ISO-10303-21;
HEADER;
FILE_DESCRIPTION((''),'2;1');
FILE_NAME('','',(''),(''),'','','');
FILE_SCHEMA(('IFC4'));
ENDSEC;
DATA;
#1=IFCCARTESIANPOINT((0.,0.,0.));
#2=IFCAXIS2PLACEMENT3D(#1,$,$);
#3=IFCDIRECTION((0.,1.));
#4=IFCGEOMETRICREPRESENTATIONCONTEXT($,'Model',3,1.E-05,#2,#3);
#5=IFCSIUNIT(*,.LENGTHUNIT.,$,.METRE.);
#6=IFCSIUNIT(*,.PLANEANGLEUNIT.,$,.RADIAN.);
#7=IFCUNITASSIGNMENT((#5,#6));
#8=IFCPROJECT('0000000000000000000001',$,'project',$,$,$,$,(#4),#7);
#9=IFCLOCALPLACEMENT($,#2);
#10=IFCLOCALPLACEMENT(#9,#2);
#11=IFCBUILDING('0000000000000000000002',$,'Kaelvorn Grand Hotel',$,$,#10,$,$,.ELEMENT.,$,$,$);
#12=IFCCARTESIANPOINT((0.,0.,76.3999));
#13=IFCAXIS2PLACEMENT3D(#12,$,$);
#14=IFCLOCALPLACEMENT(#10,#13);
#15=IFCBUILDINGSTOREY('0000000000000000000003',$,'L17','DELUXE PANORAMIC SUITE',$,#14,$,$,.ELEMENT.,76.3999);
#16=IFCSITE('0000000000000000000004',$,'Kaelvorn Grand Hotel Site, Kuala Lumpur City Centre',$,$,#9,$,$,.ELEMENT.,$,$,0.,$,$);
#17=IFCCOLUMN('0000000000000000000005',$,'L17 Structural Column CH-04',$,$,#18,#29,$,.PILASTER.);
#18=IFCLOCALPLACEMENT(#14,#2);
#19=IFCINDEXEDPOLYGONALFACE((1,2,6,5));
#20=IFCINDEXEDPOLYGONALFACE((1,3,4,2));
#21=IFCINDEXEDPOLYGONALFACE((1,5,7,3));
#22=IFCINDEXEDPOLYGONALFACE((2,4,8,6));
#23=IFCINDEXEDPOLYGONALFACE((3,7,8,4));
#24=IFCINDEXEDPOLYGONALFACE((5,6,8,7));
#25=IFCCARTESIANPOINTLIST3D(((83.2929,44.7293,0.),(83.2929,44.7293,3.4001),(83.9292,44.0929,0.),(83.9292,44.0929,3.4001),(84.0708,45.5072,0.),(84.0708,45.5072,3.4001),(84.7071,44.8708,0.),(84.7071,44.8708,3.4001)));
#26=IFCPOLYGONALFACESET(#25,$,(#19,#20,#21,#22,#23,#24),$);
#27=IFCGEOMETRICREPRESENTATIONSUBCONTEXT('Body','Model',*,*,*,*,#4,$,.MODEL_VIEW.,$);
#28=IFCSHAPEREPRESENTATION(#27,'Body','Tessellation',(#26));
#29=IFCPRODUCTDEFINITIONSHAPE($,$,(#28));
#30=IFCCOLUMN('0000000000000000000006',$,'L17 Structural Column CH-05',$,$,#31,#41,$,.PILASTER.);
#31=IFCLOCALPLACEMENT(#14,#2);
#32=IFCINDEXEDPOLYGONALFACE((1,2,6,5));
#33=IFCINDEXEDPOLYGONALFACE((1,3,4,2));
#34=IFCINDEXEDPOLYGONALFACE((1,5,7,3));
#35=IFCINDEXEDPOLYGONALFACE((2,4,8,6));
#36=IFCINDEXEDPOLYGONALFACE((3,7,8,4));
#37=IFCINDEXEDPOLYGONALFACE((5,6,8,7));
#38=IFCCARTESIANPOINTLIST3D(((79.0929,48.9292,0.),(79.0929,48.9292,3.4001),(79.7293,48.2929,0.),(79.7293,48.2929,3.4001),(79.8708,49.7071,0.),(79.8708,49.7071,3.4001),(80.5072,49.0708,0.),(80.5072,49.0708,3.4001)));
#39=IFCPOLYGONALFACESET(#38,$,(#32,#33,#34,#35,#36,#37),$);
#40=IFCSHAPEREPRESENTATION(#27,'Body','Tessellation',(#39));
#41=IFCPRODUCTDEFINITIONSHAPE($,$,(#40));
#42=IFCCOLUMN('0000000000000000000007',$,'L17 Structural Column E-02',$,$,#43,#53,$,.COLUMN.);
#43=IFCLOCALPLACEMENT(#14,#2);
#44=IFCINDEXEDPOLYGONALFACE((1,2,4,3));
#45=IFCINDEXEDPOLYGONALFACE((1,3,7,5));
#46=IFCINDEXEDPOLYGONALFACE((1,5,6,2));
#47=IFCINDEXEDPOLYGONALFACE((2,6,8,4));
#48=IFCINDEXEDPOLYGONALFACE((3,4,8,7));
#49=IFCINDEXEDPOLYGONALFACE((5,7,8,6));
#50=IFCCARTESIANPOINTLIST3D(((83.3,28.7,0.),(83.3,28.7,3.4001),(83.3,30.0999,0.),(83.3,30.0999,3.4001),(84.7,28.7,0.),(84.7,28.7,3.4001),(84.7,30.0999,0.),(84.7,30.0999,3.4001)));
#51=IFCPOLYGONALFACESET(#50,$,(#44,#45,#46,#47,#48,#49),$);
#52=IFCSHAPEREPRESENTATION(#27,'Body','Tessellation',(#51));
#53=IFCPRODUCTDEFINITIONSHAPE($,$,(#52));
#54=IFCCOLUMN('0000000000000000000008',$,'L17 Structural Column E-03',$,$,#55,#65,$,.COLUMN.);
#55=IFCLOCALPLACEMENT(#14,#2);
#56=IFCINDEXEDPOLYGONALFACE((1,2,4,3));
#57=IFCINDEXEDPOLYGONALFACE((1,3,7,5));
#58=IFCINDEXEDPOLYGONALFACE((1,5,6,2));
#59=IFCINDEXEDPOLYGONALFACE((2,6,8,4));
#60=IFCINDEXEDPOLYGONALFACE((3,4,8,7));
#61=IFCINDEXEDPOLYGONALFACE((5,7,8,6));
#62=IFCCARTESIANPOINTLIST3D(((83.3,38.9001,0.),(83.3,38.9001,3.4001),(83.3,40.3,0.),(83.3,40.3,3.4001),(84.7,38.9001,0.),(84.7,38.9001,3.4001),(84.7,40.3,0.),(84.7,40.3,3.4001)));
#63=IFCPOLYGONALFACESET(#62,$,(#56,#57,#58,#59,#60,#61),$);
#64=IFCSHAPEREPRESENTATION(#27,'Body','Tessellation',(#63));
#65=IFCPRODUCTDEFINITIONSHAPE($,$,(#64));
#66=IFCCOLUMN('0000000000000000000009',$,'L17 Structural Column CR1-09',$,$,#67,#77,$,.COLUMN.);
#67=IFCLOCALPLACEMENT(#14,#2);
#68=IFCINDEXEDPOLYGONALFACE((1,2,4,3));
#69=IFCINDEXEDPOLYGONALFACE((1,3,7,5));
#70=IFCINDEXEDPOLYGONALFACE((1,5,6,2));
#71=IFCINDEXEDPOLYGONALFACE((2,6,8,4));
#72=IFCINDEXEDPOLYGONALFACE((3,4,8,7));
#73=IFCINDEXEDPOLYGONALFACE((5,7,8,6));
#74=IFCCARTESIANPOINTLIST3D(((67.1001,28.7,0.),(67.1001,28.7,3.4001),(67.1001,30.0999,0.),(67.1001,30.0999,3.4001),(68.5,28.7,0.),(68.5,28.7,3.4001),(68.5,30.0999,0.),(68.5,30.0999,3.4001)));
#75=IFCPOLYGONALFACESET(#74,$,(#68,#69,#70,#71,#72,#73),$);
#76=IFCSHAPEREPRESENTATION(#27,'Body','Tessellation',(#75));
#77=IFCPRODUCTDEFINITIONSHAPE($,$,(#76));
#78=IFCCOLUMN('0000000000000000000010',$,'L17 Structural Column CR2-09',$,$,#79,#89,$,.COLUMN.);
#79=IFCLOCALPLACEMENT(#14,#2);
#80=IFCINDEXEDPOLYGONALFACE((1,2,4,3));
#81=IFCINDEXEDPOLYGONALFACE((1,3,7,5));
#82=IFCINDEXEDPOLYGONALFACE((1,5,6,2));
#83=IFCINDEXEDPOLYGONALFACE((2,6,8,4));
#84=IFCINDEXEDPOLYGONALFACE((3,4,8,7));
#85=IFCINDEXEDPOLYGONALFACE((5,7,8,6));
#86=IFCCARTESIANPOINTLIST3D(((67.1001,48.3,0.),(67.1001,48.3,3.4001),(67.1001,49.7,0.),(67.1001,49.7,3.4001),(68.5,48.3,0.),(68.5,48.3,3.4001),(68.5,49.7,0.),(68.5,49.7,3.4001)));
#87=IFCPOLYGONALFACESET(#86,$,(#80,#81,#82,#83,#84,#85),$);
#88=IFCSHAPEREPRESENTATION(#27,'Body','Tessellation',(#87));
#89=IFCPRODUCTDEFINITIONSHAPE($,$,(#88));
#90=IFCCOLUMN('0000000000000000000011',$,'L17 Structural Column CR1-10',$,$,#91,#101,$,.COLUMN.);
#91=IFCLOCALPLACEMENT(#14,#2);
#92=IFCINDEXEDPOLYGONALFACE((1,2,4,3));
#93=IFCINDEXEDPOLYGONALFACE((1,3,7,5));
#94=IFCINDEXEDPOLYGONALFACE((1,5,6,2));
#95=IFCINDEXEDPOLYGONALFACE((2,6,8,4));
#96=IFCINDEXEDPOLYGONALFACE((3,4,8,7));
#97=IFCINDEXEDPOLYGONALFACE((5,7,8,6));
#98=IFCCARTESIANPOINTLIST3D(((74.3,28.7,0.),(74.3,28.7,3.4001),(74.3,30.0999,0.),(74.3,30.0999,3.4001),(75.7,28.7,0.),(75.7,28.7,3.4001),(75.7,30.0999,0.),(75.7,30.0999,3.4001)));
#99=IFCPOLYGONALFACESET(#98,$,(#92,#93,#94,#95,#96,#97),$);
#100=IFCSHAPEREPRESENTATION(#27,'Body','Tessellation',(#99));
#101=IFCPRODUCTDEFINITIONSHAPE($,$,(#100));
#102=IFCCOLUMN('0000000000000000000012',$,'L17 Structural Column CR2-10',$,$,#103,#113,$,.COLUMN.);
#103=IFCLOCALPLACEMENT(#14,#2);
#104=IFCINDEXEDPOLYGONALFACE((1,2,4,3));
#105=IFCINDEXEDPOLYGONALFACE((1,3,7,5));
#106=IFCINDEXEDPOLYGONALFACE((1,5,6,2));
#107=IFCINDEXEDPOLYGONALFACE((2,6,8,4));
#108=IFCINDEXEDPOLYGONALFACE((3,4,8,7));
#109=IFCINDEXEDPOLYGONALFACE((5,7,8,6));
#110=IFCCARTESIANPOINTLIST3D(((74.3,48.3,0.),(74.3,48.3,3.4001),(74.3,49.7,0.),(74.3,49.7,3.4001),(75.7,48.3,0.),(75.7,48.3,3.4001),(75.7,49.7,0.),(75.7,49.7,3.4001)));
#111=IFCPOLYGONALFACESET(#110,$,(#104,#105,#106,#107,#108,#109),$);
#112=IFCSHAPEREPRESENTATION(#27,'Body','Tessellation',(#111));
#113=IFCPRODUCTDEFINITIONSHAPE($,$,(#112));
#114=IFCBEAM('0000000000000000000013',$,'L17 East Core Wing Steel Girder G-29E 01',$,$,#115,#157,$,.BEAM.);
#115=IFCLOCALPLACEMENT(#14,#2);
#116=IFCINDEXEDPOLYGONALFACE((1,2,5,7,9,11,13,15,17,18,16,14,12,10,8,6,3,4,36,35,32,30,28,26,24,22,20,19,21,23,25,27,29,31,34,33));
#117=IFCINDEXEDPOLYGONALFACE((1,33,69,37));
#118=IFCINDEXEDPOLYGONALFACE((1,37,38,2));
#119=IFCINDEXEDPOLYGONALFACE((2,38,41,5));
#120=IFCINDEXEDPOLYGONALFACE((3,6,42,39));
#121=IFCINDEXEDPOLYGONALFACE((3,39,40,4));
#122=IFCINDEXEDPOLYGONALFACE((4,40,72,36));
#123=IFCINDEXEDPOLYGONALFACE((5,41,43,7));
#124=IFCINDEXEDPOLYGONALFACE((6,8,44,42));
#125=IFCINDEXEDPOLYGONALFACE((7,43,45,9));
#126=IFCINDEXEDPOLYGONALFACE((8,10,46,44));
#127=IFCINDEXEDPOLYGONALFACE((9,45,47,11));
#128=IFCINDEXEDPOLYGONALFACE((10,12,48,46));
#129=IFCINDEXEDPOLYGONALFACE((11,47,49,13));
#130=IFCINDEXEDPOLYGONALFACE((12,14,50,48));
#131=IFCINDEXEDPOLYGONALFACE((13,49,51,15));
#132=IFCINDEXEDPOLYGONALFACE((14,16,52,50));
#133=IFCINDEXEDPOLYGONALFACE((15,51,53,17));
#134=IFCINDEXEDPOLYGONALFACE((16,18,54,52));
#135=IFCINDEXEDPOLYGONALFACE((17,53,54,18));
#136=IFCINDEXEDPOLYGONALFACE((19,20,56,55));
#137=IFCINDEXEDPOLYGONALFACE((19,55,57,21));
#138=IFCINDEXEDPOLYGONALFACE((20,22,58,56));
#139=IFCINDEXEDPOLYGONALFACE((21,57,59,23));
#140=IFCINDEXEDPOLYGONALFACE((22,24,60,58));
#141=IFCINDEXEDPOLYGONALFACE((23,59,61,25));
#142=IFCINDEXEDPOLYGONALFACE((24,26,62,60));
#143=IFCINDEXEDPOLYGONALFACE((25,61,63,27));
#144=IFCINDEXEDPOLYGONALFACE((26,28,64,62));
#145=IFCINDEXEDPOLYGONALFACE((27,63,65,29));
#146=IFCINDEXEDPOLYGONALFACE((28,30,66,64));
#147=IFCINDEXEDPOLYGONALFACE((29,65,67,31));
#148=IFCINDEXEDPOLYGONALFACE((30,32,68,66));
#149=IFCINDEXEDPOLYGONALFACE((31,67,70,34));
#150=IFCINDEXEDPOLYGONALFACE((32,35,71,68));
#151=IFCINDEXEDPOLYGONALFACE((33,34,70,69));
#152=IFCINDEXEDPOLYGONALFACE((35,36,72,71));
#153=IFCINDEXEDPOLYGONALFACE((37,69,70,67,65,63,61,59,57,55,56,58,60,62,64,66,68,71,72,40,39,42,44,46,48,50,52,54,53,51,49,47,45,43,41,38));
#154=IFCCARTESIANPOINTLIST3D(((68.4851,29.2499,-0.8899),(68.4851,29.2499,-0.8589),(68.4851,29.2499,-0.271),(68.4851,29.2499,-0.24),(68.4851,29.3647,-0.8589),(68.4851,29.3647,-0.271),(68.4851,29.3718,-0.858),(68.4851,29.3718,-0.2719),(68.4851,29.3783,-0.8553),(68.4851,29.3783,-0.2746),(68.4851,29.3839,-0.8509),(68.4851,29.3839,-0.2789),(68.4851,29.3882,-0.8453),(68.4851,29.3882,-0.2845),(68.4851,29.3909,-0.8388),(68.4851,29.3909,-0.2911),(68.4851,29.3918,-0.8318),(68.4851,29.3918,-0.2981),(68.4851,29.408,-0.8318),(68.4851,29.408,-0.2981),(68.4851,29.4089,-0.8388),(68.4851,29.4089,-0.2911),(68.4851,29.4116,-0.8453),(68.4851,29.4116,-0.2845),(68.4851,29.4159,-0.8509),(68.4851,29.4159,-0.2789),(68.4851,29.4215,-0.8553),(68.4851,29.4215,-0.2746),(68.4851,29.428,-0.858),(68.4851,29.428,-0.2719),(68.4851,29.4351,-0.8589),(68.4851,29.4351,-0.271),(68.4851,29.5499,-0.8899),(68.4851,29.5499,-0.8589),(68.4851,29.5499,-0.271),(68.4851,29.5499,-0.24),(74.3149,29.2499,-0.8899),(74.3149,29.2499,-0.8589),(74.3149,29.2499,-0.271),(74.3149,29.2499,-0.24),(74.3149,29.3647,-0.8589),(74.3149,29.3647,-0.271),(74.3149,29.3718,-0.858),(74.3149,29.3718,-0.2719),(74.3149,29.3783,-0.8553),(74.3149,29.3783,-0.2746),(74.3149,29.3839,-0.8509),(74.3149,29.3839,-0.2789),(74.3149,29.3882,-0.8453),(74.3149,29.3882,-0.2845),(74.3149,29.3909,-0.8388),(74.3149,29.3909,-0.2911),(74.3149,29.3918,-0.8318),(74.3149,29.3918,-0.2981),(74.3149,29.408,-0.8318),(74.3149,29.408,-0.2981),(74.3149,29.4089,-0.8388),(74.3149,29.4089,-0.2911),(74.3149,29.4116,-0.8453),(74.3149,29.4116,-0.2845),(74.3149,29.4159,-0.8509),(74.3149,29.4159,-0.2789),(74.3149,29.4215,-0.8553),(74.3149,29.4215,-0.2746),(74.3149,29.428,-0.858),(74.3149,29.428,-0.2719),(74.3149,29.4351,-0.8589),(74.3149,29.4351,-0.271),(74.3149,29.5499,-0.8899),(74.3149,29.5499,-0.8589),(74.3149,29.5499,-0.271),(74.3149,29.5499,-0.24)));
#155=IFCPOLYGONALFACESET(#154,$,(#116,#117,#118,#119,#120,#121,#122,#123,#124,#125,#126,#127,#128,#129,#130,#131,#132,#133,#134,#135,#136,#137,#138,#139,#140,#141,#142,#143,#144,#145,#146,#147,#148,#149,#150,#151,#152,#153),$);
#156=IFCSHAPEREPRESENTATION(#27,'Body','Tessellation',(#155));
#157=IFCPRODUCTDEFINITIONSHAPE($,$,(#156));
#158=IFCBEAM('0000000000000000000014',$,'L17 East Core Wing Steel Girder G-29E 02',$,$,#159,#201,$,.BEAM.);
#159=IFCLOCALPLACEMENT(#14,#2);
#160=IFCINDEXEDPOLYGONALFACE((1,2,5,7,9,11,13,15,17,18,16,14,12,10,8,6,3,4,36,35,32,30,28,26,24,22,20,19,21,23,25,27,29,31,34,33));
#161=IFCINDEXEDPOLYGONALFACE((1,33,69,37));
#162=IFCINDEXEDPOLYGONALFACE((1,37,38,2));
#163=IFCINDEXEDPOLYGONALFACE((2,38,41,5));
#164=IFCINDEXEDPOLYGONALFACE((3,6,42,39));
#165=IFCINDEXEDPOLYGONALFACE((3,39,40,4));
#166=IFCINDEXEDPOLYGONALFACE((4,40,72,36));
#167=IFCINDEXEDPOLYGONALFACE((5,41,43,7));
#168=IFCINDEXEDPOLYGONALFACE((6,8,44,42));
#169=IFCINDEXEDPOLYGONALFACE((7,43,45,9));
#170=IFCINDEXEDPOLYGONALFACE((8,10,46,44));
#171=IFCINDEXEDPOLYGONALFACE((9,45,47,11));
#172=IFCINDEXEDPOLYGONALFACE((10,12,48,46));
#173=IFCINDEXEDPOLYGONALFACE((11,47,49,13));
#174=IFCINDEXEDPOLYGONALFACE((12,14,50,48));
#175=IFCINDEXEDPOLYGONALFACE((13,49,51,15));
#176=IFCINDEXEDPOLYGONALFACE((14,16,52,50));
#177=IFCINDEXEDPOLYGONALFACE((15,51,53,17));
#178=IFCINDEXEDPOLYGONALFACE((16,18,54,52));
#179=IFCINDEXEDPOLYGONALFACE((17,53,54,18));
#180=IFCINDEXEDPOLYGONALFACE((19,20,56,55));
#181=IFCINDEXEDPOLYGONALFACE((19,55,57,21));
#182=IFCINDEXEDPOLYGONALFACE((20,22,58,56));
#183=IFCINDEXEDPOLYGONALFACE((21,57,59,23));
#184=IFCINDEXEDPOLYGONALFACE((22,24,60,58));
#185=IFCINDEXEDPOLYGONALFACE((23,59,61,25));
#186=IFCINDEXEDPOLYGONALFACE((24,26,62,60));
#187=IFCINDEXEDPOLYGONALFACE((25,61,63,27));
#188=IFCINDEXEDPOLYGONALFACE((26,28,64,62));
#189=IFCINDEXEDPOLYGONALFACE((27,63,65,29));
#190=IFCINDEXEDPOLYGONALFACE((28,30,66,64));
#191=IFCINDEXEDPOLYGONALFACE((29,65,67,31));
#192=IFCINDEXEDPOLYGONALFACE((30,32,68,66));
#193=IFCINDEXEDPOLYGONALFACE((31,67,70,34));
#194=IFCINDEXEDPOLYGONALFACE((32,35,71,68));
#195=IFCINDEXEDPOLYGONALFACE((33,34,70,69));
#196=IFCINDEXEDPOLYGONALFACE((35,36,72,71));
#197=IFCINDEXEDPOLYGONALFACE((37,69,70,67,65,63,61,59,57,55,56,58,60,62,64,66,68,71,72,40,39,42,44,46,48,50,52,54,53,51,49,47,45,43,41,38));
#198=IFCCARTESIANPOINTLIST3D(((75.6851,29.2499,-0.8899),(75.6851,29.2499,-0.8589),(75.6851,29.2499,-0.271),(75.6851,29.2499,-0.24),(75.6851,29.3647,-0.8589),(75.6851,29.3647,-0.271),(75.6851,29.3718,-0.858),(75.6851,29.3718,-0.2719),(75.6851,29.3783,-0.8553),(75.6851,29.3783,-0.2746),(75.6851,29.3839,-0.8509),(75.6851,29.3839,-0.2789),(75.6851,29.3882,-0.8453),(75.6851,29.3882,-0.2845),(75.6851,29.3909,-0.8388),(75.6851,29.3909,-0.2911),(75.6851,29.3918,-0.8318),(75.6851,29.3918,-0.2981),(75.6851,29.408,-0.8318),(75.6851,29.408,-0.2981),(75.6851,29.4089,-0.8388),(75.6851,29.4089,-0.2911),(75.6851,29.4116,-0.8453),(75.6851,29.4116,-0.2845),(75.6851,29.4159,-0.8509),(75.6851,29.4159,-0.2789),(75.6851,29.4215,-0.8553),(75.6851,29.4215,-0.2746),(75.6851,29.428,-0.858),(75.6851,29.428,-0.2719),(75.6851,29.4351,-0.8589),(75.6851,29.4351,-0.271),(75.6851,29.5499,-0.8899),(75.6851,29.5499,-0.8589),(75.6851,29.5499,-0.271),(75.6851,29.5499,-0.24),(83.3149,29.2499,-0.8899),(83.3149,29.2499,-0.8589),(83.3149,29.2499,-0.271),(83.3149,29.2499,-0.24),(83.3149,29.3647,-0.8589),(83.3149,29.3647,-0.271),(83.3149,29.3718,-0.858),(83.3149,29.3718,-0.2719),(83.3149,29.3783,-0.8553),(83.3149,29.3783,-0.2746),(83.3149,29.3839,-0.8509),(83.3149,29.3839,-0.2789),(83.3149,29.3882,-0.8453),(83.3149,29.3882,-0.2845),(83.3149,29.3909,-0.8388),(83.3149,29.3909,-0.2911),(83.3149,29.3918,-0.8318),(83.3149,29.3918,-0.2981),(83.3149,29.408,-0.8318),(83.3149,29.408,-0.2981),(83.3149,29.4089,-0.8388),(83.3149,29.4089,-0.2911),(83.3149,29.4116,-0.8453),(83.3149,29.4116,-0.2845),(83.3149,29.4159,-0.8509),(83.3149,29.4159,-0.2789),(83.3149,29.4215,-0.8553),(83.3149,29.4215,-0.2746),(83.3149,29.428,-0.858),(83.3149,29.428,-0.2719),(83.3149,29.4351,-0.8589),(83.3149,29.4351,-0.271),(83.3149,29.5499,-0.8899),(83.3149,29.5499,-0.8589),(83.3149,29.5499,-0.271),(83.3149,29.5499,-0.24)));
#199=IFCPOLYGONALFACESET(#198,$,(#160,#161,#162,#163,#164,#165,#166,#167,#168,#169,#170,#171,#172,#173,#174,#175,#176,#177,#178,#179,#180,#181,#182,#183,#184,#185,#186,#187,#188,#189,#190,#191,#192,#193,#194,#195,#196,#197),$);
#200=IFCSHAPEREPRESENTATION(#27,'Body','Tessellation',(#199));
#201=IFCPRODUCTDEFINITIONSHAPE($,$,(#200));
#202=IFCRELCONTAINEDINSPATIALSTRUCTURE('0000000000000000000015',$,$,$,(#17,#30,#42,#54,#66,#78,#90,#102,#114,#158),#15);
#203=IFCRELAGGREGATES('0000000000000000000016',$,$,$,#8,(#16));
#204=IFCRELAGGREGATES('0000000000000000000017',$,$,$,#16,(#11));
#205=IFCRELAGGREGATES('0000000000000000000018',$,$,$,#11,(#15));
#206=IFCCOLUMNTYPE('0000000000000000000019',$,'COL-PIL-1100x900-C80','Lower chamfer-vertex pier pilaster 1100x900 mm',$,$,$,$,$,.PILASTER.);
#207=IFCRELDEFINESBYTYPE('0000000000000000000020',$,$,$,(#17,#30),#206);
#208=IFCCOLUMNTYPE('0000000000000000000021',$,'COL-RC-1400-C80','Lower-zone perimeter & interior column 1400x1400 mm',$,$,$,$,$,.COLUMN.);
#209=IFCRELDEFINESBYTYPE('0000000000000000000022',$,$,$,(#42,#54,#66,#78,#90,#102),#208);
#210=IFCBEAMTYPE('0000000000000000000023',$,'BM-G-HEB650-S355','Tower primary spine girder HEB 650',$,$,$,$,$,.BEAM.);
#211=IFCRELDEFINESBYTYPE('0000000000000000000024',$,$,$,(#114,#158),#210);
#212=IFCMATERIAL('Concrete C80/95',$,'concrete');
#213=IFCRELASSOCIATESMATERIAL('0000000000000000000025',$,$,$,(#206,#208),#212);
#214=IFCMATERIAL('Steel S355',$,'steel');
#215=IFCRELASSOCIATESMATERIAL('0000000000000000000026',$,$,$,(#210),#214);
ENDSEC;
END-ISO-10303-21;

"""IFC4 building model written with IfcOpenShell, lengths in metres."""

from ifc_helpers import new_model, si_unit, direction, frame, origin, origin_2d, place, context, subcontext, project, spatial, rectangle, i_section, extrude, material, material_profile, profile_set, type_object, element, save


model = new_model("IFC4")

# Units and contexts
model_context = context("Model", 3, precision=1e-05, world=origin(), true_north=direction((0.0, 1.0)))
body_context = subcontext(model_context, "Body", "Model", "MODEL_VIEW")
ifc_project = project(units=[si_unit("LENGTHUNIT", "METRE"), si_unit("PLANEANGLEUNIT", "RADIAN")], contexts=[model_context])

# Site, building, storey
site_placement = place(None, origin())
site = spatial("IfcSite", under=ifc_project, at=site_placement, Name="Kaelvorn Grand Hotel Site, Kuala Lumpur City Centre", CompositionType="ELEMENT", RefElevation=0.0)
building_placement = place(site_placement, origin())
building = spatial("IfcBuilding", under=site, at=building_placement, Name="Kaelvorn Grand Hotel", CompositionType="ELEMENT")
storey_placement = place(building_placement, frame((0.0, 0.0, 76.3999)))
storey = spatial("IfcBuildingStorey", under=building, at=storey_placement, Name="L17", Description="DELUXE PANORAMIC SUITE", CompositionType="ELEMENT", Elevation=76.3999)

# Columns
ifc_material_1 = material(Name="Concrete C80/95", Category="concrete")
ifc_material_profile_1 = material_profile(ifc_material_1, rectangle(XDim=1.1001, YDim=0.8999, at=origin_2d()), Name="RC PILASTER 1100x900")
ifc_profile_set_1 = profile_set([ifc_material_profile_1], Name="Concrete C80/95")
column_type_1 = type_object("IfcColumnType", Name="COL-PIL-1100x900-C80", Description="Lower chamfer-vertex pier pilaster 1100x900 mm", PredefinedType="PILASTER", material=ifc_profile_set_1)
for number, where, z_axis, x_axis, name in (
    (1, (84.0, 44.8, 0.0), (0.0, 0.0, 1.0), (0.707107, 0.707107, 0.0), "L17 Structural Column CH-04"),
    (2, (79.8, 49.0, 0.0), (0.0, 0.0, 1.0), (0.707107, 0.707107, 0.0), "L17 Structural Column CH-05"),
):
    element("IfcColumn", number, at=place(storey_placement, frame(where, z_axis=z_axis, x_axis=x_axis)), inside=storey, type_object=column_type_1, Name=name, PredefinedType="PILASTER", context=body_context, shape_type="SweptSolid", body=[
        extrude(rectangle(XDim=1.1001, YDim=0.8999, at=origin_2d()), origin(), (0.0, 0.0, 1.0), 3.4001),
    ])
ifc_material_profile_2 = material_profile(ifc_material_1, rectangle(XDim=1.3999, YDim=1.3999, at=origin_2d()), Name="RC COL 1400x1400")
ifc_profile_set_2 = profile_set([ifc_material_profile_2], Name="Concrete C80/95")
column_type_2 = type_object("IfcColumnType", Name="COL-RC-1400-C80", Description="Lower-zone perimeter & interior column 1400x1400 mm", PredefinedType="COLUMN", material=ifc_profile_set_2)
for number, where, z_axis, x_axis, name in (
    (3, (84.0, 29.3999, 0.0), (0.0, 0.0, 1.0), (1.0, 0.0, 0.0), "L17 Structural Column E-02"),
    (4, (84.0, 39.6001, 0.0), (0.0, 0.0, 1.0), (1.0, 0.0, 0.0), "L17 Structural Column E-03"),
    (5, (67.8, 29.3999, 0.0), (0.0, 0.0, 1.0), (1.0, 0.0, 0.0), "L17 Structural Column CR1-09"),
    (6, (67.8, 49.0, 0.0), (0.0, 0.0, 1.0), (1.0, 0.0, 0.0), "L17 Structural Column CR2-09"),
    (7, (75.0, 29.3999, 0.0), (0.0, 0.0, 1.0), (1.0, 0.0, 0.0), "L17 Structural Column CR1-10"),
    (8, (75.0, 49.0, 0.0), (0.0, 0.0, 1.0), (1.0, 0.0, 0.0), "L17 Structural Column CR2-10"),
):
    element("IfcColumn", number, at=place(storey_placement, frame(where, z_axis=z_axis, x_axis=x_axis)), inside=storey, type_object=column_type_2, Name=name, PredefinedType="COLUMN", context=body_context, shape_type="SweptSolid", body=[
        extrude(rectangle(XDim=1.3999, YDim=1.3999, at=origin_2d()), origin(), (0.0, 0.0, 1.0), 3.4001),
    ])

# Beams
ifc_material_2 = material(Name="Steel S355", Category="steel")
ifc_material_profile_3 = material_profile(ifc_material_2, i_section(OverallWidth=0.3, OverallDepth=0.6499, WebThickness=0.0161, FlangeThickness=0.031, FilletRadius=0.0271, at=origin_2d()), Name="HEB 650")
ifc_profile_set_3 = profile_set([ifc_material_profile_3], Name="Steel S355")
beam_type_1 = type_object("IfcBeamType", Name="BM-G-HEB650-S355", Description="Tower primary spine girder HEB 650", PredefinedType="BEAM", material=ifc_profile_set_3)
beam_1_placement = place(storey_placement, frame((68.4851, 29.3999, -0.5649), z_axis=(1.0, 0.0, 0.0), x_axis=(0.0, 1.0, 0.0)))
element("IfcBeam", 9, at=beam_1_placement, inside=storey, type_object=beam_type_1, Name="L17 East Core Wing Steel Girder G-29E 01", PredefinedType="BEAM", context=body_context, shape_type="SweptSolid", body=[
    extrude(i_section(OverallWidth=0.3, OverallDepth=0.6499, WebThickness=0.0161, FlangeThickness=0.031, FilletRadius=0.0271, at=origin_2d()), origin(), (0.0, 0.0, 1.0), 5.8298),
])
beam_2_placement = place(storey_placement, frame((75.6851, 29.3999, -0.5649), z_axis=(1.0, 0.0, 0.0), x_axis=(0.0, 1.0, 0.0)))
element("IfcBeam", 10, at=beam_2_placement, inside=storey, type_object=beam_type_1, Name="L17 East Core Wing Steel Girder G-29E 02", PredefinedType="BEAM", context=body_context, shape_type="SweptSolid", body=[
    extrude(i_section(OverallWidth=0.3, OverallDepth=0.6499, WebThickness=0.0161, FlangeThickness=0.031, FilletRadius=0.0271, at=origin_2d()), origin(), (0.0, 0.0, 1.0), 7.6299),
])

save(model, "model.ifc")
